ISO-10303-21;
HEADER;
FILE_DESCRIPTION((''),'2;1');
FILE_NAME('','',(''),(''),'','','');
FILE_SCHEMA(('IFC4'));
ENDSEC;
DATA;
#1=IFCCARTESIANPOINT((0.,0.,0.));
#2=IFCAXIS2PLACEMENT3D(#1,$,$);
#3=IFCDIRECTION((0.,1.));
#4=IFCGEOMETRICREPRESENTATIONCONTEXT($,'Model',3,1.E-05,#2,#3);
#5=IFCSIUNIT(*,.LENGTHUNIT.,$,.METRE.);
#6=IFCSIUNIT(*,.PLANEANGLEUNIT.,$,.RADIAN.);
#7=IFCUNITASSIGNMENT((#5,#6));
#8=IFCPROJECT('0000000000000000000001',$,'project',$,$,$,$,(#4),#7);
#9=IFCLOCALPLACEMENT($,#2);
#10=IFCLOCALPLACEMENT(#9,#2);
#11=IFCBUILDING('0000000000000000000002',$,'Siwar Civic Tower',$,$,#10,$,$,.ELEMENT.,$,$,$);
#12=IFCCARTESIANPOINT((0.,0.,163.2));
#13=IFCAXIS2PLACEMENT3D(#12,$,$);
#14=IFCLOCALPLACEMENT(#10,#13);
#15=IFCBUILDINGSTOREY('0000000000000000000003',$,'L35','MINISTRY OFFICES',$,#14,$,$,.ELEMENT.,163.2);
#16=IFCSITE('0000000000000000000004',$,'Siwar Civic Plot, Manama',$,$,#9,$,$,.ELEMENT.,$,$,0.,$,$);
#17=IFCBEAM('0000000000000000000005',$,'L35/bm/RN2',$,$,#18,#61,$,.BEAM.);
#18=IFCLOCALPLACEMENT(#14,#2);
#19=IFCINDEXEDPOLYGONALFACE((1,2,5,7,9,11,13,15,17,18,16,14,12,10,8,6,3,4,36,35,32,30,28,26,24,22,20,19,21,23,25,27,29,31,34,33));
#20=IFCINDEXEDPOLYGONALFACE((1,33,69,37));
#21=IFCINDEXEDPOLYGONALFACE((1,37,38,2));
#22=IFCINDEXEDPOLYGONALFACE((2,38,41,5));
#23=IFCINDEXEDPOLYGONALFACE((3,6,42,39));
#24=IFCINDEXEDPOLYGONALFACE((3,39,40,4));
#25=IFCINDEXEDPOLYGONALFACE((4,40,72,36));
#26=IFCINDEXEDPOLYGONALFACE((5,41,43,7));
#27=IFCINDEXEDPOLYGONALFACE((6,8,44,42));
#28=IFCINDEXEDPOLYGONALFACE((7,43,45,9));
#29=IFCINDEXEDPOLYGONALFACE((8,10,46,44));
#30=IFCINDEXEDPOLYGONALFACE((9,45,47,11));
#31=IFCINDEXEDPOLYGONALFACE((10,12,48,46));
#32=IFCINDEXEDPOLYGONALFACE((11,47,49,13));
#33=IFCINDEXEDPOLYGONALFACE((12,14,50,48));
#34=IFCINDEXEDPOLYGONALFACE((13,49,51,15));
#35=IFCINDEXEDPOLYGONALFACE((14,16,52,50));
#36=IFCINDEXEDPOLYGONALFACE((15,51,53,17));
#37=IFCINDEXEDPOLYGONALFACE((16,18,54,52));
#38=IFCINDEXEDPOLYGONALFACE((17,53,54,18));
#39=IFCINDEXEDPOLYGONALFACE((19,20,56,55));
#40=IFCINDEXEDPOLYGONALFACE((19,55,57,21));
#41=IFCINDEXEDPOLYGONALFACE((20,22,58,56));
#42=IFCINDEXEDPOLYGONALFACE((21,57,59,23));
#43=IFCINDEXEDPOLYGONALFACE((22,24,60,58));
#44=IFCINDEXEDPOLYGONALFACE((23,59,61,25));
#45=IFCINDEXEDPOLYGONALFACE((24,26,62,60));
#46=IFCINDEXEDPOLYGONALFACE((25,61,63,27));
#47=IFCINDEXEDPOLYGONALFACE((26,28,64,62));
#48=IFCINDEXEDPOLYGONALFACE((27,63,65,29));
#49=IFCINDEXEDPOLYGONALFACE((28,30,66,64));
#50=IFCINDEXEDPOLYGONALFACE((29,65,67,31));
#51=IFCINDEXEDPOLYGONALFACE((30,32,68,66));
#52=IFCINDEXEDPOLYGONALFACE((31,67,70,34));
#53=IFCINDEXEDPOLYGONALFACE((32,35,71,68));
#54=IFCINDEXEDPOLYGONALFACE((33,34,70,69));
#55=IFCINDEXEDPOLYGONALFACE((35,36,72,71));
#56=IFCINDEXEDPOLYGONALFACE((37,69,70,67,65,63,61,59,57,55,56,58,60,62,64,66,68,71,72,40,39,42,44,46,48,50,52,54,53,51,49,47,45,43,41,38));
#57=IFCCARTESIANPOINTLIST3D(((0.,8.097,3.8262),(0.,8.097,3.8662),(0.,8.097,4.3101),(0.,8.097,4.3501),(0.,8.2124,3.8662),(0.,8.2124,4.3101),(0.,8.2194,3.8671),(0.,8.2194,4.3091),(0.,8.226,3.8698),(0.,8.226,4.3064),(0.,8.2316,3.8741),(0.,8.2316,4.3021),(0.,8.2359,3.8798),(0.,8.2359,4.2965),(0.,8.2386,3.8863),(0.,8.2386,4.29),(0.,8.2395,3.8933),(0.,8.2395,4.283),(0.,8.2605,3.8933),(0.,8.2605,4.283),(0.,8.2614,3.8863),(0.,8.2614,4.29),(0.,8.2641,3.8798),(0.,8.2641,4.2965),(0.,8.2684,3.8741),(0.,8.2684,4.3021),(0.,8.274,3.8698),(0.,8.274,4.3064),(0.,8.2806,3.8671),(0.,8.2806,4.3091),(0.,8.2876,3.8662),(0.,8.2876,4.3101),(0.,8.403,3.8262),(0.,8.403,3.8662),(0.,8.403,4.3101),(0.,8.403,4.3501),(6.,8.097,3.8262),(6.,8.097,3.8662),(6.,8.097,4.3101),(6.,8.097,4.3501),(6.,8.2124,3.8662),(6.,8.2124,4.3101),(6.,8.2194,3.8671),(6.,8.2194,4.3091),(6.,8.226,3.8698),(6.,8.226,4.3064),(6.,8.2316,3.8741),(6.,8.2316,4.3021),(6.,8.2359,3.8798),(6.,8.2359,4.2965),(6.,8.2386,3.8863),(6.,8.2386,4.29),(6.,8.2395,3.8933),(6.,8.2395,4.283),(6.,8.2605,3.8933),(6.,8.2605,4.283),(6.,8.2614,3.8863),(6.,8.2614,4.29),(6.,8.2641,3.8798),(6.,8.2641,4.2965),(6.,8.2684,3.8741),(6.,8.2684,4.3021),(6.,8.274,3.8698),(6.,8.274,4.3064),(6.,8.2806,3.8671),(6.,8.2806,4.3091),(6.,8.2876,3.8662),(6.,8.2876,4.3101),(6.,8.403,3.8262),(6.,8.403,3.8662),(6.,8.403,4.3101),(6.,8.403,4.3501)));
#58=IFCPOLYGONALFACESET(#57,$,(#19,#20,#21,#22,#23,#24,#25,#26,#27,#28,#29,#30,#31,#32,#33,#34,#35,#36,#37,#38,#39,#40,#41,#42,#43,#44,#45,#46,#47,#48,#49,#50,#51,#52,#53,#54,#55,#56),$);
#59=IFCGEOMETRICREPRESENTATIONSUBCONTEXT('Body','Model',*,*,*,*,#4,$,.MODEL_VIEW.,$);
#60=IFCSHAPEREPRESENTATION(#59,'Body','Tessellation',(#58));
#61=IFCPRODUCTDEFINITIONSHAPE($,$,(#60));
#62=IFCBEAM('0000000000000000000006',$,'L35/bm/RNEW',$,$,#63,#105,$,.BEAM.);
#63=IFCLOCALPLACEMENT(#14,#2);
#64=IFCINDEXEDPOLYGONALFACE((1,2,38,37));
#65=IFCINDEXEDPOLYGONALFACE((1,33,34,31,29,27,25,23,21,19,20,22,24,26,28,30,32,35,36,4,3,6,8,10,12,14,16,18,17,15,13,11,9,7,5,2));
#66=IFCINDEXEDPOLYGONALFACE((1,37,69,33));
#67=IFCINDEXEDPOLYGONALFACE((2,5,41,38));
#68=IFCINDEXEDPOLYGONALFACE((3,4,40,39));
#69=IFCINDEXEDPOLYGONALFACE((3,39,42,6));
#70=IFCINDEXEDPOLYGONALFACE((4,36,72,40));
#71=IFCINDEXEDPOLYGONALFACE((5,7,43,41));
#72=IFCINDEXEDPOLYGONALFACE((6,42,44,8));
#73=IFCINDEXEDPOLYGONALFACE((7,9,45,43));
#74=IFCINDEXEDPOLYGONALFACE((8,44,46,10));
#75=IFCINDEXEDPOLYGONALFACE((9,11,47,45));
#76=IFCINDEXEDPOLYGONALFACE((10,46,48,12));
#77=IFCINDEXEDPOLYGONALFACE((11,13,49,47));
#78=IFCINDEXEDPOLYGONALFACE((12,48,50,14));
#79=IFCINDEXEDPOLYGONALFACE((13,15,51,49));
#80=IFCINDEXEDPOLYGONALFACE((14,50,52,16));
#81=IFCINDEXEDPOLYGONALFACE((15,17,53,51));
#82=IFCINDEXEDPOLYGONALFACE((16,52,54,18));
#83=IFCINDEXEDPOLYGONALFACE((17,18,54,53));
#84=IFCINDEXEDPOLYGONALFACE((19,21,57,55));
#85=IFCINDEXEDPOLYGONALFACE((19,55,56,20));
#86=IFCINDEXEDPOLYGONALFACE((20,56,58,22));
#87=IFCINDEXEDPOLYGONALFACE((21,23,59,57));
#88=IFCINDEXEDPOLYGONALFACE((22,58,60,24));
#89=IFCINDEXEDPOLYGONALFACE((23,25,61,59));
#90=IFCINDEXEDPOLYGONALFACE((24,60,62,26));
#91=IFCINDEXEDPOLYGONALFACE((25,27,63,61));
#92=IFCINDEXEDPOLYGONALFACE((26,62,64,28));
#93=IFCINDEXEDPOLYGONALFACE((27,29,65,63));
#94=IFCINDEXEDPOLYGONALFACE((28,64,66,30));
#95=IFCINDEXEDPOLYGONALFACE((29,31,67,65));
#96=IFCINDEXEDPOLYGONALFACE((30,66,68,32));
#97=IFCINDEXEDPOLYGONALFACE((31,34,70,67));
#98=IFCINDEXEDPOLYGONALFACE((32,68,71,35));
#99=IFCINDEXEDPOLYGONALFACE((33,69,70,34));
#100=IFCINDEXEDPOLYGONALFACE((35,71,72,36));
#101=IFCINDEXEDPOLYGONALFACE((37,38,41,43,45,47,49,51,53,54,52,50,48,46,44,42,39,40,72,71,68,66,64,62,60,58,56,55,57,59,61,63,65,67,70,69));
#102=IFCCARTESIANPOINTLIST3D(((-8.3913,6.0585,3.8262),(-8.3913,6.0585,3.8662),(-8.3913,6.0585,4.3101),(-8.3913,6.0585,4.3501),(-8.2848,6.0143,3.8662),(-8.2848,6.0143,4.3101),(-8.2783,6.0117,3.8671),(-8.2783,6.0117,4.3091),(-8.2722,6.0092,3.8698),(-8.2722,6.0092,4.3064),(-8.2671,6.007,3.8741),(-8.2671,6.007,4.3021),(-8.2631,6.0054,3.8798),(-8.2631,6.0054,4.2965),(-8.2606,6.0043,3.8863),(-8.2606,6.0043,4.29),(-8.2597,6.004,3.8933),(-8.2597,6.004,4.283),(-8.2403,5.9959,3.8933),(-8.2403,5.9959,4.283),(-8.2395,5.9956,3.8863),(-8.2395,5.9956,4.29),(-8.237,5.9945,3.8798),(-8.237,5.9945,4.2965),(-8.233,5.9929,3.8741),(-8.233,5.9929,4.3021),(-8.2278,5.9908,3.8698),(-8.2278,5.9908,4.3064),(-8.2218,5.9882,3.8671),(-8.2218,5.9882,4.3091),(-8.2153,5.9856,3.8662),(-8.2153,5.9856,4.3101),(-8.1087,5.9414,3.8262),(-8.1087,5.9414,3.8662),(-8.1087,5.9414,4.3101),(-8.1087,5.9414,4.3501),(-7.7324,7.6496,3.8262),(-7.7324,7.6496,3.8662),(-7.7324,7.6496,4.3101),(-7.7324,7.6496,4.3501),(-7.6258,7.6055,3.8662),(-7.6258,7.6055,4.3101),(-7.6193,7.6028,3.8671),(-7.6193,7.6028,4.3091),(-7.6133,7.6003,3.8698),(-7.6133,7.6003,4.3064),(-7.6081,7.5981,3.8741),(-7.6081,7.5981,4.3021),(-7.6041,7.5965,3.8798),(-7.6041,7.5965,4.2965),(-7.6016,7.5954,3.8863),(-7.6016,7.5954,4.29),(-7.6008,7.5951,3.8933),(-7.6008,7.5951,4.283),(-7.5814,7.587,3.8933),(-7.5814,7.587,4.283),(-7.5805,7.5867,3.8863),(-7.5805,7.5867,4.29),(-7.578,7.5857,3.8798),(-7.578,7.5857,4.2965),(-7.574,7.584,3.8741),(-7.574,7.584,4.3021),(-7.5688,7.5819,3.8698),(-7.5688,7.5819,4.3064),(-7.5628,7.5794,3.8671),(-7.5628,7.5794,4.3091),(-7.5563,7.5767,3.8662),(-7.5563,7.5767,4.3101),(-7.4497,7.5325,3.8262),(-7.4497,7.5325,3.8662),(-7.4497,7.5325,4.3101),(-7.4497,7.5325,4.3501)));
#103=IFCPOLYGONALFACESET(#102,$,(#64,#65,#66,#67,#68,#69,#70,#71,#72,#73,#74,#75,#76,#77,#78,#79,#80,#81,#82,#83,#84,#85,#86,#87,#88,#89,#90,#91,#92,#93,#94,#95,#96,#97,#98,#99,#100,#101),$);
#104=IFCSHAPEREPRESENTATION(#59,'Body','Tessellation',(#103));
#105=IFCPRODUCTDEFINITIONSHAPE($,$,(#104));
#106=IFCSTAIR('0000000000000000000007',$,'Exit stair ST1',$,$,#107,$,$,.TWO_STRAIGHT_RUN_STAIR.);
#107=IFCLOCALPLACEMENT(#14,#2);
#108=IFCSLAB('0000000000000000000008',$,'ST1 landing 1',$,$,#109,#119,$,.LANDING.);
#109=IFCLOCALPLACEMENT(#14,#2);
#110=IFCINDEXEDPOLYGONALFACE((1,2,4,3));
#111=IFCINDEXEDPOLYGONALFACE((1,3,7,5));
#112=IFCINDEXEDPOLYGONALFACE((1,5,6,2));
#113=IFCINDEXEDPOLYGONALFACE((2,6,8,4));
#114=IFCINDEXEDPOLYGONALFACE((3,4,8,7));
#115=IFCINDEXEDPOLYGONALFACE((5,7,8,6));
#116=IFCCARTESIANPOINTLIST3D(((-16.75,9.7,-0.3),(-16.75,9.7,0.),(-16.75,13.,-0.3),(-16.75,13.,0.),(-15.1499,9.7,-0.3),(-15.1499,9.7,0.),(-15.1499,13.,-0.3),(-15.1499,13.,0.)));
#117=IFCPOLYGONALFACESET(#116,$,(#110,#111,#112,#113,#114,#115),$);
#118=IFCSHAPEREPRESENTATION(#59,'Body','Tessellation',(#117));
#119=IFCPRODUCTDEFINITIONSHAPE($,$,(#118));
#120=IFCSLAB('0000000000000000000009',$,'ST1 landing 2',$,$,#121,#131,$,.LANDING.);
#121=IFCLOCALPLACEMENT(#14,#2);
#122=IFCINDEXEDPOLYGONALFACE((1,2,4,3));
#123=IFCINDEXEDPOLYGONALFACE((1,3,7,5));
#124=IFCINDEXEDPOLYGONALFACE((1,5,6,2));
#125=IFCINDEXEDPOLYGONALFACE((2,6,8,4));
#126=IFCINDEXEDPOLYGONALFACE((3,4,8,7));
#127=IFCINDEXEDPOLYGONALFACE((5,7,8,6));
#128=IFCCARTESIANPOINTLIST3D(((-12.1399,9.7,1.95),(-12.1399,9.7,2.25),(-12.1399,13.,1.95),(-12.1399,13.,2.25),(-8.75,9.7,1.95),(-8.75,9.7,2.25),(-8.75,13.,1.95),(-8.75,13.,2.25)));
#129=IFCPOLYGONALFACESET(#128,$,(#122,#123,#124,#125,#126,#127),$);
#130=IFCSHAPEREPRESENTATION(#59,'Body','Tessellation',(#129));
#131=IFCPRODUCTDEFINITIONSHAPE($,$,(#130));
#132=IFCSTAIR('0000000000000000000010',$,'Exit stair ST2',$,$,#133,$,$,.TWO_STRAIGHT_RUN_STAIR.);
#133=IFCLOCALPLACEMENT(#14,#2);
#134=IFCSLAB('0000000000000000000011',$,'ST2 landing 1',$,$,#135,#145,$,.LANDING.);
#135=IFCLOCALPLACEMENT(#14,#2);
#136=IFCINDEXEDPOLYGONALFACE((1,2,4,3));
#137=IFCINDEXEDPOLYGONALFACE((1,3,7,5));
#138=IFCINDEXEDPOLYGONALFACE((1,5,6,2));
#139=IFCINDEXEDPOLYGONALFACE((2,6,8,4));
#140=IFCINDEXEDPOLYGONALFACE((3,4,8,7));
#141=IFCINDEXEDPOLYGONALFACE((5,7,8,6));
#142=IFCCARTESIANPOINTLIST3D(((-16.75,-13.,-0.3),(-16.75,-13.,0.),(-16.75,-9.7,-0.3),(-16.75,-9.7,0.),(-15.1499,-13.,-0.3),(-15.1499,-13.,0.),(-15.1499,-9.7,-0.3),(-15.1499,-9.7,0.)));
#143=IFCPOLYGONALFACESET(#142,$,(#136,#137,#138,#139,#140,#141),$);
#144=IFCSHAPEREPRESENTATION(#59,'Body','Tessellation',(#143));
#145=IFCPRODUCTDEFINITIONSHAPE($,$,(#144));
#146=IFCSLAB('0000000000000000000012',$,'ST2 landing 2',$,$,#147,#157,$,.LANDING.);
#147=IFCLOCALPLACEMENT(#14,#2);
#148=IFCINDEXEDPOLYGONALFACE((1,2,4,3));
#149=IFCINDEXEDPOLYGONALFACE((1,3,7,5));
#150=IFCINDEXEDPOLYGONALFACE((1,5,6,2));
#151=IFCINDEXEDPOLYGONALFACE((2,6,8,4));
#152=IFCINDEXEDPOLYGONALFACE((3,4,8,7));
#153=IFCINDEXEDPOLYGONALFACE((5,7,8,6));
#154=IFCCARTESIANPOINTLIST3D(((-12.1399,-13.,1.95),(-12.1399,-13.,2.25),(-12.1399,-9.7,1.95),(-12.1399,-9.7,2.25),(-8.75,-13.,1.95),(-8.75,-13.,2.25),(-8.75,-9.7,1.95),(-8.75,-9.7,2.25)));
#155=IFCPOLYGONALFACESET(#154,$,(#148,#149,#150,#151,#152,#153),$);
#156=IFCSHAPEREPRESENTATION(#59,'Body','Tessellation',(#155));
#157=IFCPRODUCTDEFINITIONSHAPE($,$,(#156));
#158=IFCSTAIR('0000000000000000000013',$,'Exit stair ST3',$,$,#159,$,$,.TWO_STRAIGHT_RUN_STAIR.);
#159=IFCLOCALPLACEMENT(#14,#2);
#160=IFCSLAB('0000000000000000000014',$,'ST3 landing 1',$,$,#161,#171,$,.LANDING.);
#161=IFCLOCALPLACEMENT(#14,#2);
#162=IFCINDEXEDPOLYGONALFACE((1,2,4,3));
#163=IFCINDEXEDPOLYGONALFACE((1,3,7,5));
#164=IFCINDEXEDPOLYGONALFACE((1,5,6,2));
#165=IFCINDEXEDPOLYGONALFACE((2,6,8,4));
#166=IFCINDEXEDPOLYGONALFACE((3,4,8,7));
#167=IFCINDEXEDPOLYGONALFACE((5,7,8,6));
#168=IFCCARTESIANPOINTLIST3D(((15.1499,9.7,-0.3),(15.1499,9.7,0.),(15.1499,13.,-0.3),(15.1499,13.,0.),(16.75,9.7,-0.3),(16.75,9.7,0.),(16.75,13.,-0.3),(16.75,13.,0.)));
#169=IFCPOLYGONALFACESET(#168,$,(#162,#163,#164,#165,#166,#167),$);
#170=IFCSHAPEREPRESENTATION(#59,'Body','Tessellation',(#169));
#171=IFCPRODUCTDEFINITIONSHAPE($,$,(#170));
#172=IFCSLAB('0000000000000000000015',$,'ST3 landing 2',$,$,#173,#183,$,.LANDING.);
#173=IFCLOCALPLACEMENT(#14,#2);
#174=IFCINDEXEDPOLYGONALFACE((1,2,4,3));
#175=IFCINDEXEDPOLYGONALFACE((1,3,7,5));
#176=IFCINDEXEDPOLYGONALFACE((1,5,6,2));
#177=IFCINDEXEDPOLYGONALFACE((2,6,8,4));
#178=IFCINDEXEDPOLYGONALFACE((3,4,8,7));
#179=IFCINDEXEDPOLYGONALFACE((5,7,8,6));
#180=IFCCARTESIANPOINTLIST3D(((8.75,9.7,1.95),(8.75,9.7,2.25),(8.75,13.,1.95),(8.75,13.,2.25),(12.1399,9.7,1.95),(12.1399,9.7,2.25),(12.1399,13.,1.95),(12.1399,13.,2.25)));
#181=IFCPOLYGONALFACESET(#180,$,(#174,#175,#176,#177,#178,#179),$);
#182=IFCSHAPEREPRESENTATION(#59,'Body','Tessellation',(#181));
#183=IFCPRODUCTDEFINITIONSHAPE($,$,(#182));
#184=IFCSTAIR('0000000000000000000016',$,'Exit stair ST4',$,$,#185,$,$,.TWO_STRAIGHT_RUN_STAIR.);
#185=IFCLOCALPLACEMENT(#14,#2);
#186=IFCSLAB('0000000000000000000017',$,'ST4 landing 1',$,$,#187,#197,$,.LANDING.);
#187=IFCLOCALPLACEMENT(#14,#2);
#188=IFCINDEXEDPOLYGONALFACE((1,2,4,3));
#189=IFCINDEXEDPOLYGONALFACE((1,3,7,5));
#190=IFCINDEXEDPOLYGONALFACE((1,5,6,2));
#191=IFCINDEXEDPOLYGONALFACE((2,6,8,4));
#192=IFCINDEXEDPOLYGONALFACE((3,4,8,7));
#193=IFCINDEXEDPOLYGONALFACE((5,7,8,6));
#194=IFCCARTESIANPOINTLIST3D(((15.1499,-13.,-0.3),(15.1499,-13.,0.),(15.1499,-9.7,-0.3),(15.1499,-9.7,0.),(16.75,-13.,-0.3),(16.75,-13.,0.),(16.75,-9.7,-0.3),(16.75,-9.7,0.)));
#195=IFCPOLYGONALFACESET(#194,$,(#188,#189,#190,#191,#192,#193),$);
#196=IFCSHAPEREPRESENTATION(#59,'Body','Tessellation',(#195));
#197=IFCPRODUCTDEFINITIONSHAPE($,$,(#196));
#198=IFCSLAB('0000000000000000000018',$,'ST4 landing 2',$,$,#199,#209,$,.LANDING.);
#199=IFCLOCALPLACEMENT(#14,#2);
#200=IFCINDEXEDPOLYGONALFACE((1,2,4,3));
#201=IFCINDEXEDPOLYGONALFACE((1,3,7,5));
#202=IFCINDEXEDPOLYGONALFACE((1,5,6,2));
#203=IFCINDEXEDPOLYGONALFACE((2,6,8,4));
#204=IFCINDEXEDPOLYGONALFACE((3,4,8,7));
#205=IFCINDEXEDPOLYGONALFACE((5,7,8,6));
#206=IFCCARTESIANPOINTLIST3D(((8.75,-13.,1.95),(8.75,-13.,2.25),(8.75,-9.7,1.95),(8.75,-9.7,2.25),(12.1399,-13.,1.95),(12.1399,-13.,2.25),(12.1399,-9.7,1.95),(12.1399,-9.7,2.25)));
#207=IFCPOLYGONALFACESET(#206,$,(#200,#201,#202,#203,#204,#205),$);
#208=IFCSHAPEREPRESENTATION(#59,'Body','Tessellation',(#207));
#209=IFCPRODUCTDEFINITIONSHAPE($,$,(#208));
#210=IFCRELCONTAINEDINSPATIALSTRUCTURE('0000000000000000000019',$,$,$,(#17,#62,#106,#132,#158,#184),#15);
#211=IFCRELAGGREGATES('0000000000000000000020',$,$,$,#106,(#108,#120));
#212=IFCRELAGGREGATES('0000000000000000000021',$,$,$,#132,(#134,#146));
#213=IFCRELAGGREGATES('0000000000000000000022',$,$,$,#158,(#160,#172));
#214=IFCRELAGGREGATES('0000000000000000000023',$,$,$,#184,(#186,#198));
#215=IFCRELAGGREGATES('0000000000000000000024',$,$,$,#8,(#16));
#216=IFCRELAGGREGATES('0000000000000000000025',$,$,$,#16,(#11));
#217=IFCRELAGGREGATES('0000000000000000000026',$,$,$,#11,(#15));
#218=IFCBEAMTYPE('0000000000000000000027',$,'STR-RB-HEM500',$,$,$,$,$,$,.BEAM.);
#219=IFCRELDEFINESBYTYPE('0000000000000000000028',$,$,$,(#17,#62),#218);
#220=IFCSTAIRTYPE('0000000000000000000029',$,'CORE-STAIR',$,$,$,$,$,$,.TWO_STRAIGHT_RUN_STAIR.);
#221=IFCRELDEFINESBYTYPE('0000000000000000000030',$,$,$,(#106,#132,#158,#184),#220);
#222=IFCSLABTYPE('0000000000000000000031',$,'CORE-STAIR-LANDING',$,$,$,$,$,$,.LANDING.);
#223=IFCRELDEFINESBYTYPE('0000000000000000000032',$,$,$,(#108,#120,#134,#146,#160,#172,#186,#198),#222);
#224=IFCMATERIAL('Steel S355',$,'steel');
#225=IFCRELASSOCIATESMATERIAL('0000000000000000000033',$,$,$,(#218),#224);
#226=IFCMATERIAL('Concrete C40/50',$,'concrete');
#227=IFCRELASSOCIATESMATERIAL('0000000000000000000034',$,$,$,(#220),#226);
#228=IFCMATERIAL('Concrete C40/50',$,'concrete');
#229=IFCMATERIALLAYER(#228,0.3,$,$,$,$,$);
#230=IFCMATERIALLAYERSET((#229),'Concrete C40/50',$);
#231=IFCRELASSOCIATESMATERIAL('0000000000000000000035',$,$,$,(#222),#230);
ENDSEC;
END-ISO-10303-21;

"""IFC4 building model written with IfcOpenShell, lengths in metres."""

from ifc_helpers import new_model, si_unit, direction, frame, origin, origin_2d, place, context, subcontext, project, spatial, polyline, i_section, outline, extrude, material, layer, layer_set, material_profile, profile_set, type_object, element, aggregate, save


model = new_model("IFC4")

# Units and contexts
model_context = context("Model", 3, precision=1e-05, world=origin(), true_north=direction((0.0, 1.0)))
body_context = subcontext(model_context, "Body", "Model", "MODEL_VIEW")
ifc_project = project(units=[si_unit("LENGTHUNIT", "METRE"), si_unit("PLANEANGLEUNIT", "RADIAN")], contexts=[model_context])

# Site, building, storey
site_placement = place(None, origin())
site = spatial("IfcSite", under=ifc_project, at=site_placement, Name="Siwar Civic Plot, Manama", CompositionType="ELEMENT", RefElevation=0.0)
building_placement = place(site_placement, origin())
building = spatial("IfcBuilding", under=site, at=building_placement, Name="Siwar Civic Tower", CompositionType="ELEMENT")
storey_placement = place(building_placement, frame((0.0, 0.0, 163.2)))
storey = spatial("IfcBuildingStorey", under=building, at=storey_placement, Name="L35", Description="MINISTRY OFFICES", CompositionType="ELEMENT", Elevation=163.2)

# Beams
ifc_material_1 = material(Name="Steel S355", Category="steel")
ifc_material_profile_1 = material_profile(ifc_material_1, i_section(OverallWidth=0.3059, OverallDepth=0.5239, WebThickness=0.021, FlangeThickness=0.04, FilletRadius=0.0271, at=origin_2d()), Name="HEM500")
ifc_profile_set_1 = profile_set([ifc_material_profile_1], Name="Steel S355")
beam_type_1 = type_object("IfcBeamType", Name="STR-RB-HEM500", PredefinedType="BEAM", material=ifc_profile_set_1)
for number, where, z_axis, x_axis, name in (
    (1, (0.0, 8.25, 4.0881), (1.0, 0.0, 0.0), (0.0, 1.0, 0.0), "L35/bm/RN2"),
):
    element("IfcBeam", number, at=place(storey_placement, frame(where, z_axis=z_axis, x_axis=x_axis)), inside=storey, type_object=beam_type_1, Name=name, PredefinedType="BEAM", context=body_context, shape_type="SweptSolid", body=[
        extrude(i_section(OverallWidth=0.3059, OverallDepth=0.5239, WebThickness=0.021, FlangeThickness=0.04, FilletRadius=0.0271, at=origin_2d()), origin(), (0.0, 0.0, 1.0), 6.0),
    ])
beam_1_placement = place(storey_placement, frame((-7.5911, 7.5911, 4.0881), z_axis=(-0.382631, -0.923901, 0.0), x_axis=(0.923901, -0.382631, 0.0)))
element("IfcBeam", 2, at=beam_1_placement, inside=storey, type_object=beam_type_1, Name="L35/bm/RNEW", PredefinedType="BEAM", context=body_context, shape_type="SweptSolid", body=[
    extrude(i_section(OverallWidth=0.3059, OverallDepth=0.5239, WebThickness=0.021, FlangeThickness=0.04, FilletRadius=0.0271, at=origin_2d()), origin(), (0.0, 0.0, 1.0), 1.7222),
])

# Stairs, slabs
ifc_material_2 = material(Name="Concrete C40/50", Category="concrete")
stair_type = type_object("IfcStairType", Name="CORE-STAIR", PredefinedType="TWO_STRAIGHT_RUN_STAIR", material=ifc_material_2)
stair_1_placement = place(storey_placement, origin())
stair_1 = element("IfcStair", 3, at=stair_1_placement, inside=storey, type_object=stair_type, Name="Exit stair ST1", PredefinedType="TWO_STRAIGHT_RUN_STAIR")
ifc_material_3 = material(Name="Concrete C40/50", Category="concrete")
ifc_layer_1 = layer(ifc_material_3, 0.3)
ifc_layer_set_1 = layer_set([ifc_layer_1], Name="Concrete C40/50")
slab_type = type_object("IfcSlabType", Name="CORE-STAIR-LANDING", PredefinedType="LANDING", material=ifc_layer_set_1)
slab_1_placement = place(storey_placement, frame((0.0, 0.0, -0.3)))
slab_1 = element("IfcSlab", 4, at=slab_1_placement, type_object=slab_type, Name="ST1 landing 1", PredefinedType="LANDING", context=body_context, shape_type="SweptSolid", body=[
    extrude(outline(polyline([(-15.1499, 13.0), (-16.75, 13.0), (-16.75, 9.7), (-15.1499, 9.7), (-15.1499, 13.0)])), origin(), (0.0, 0.0, 1.0), 0.3),
])
slab_2_placement = place(storey_placement, frame((0.0, 0.0, 1.95)))
slab_2 = element("IfcSlab", 5, at=slab_2_placement, type_object=slab_type, Name="ST1 landing 2", PredefinedType="LANDING", context=body_context, shape_type="SweptSolid", body=[
    extrude(outline(polyline([(-8.75, 13.0), (-12.1399, 13.0), (-12.1399, 9.7), (-8.75, 9.7), (-8.75, 13.0)])), origin(), (0.0, 0.0, 1.0), 0.3),
])
aggregate(stair_1, [slab_1, slab_2])
stair_2_placement = place(storey_placement, origin())
stair_2 = element("IfcStair", 6, at=stair_2_placement, inside=storey, type_object=stair_type, Name="Exit stair ST2", PredefinedType="TWO_STRAIGHT_RUN_STAIR")
slab_3_placement = place(storey_placement, frame((0.0, 0.0, -0.3)))
slab_3 = element("IfcSlab", 7, at=slab_3_placement, type_object=slab_type, Name="ST2 landing 1", PredefinedType="LANDING", context=body_context, shape_type="SweptSolid", body=[
    extrude(outline(polyline([(-15.1499, -9.7), (-16.75, -9.7), (-16.75, -13.0), (-15.1499, -13.0), (-15.1499, -9.7)])), origin(), (0.0, 0.0, 1.0), 0.3),
])
slab_4_placement = place(storey_placement, frame((0.0, 0.0, 1.95)))
slab_4 = element("IfcSlab", 8, at=slab_4_placement, type_object=slab_type, Name="ST2 landing 2", PredefinedType="LANDING", context=body_context, shape_type="SweptSolid", body=[
    extrude(outline(polyline([(-8.75, -9.7), (-12.1399, -9.7), (-12.1399, -13.0), (-8.75, -13.0), (-8.75, -9.7)])), origin(), (0.0, 0.0, 1.0), 0.3),
])
aggregate(stair_2, [slab_3, slab_4])
stair_3_placement = place(storey_placement, origin())
stair_3 = element("IfcStair", 9, at=stair_3_placement, inside=storey, type_object=stair_type, Name="Exit stair ST3", PredefinedType="TWO_STRAIGHT_RUN_STAIR")
slab_5_placement = place(storey_placement, frame((0.0, 0.0, -0.3)))
slab_5 = element("IfcSlab", 10, at=slab_5_placement, type_object=slab_type, Name="ST3 landing 1", PredefinedType="LANDING", context=body_context, shape_type="SweptSolid", body=[
    extrude(outline(polyline([(15.1499, 9.7), (16.75, 9.7), (16.75, 13.0), (15.1499, 13.0), (15.1499, 9.7)])), origin(), (0.0, 0.0, 1.0), 0.3),
])
slab_6_placement = place(storey_placement, frame((0.0, 0.0, 1.95)))
slab_6 = element("IfcSlab", 11, at=slab_6_placement, type_object=slab_type, Name="ST3 landing 2", PredefinedType="LANDING", context=body_context, shape_type="SweptSolid", body=[
    extrude(outline(polyline([(8.75, 9.7), (12.1399, 9.7), (12.1399, 13.0), (8.75, 13.0), (8.75, 9.7)])), origin(), (0.0, 0.0, 1.0), 0.3),
])
aggregate(stair_3, [slab_5, slab_6])
stair_4_placement = place(storey_placement, origin())
stair_4 = element("IfcStair", 12, at=stair_4_placement, inside=storey, type_object=stair_type, Name="Exit stair ST4", PredefinedType="TWO_STRAIGHT_RUN_STAIR")
slab_7_placement = place(storey_placement, frame((0.0, 0.0, -0.3)))
slab_7 = element("IfcSlab", 13, at=slab_7_placement, type_object=slab_type, Name="ST4 landing 1", PredefinedType="LANDING", context=body_context, shape_type="SweptSolid", body=[
    extrude(outline(polyline([(15.1499, -13.0), (16.75, -13.0), (16.75, -9.7), (15.1499, -9.7), (15.1499, -13.0)])), origin(), (0.0, 0.0, 1.0), 0.3),
])
slab_8_placement = place(storey_placement, frame((0.0, 0.0, 1.95)))
slab_8 = element("IfcSlab", 14, at=slab_8_placement, type_object=slab_type, Name="ST4 landing 2", PredefinedType="LANDING", context=body_context, shape_type="SweptSolid", body=[
    extrude(outline(polyline([(8.75, -13.0), (12.1399, -13.0), (12.1399, -9.7), (8.75, -9.7), (8.75, -13.0)])), origin(), (0.0, 0.0, 1.0), 0.3),
])
aggregate(stair_4, [slab_7, slab_8])

save(model, "model.ifc")
